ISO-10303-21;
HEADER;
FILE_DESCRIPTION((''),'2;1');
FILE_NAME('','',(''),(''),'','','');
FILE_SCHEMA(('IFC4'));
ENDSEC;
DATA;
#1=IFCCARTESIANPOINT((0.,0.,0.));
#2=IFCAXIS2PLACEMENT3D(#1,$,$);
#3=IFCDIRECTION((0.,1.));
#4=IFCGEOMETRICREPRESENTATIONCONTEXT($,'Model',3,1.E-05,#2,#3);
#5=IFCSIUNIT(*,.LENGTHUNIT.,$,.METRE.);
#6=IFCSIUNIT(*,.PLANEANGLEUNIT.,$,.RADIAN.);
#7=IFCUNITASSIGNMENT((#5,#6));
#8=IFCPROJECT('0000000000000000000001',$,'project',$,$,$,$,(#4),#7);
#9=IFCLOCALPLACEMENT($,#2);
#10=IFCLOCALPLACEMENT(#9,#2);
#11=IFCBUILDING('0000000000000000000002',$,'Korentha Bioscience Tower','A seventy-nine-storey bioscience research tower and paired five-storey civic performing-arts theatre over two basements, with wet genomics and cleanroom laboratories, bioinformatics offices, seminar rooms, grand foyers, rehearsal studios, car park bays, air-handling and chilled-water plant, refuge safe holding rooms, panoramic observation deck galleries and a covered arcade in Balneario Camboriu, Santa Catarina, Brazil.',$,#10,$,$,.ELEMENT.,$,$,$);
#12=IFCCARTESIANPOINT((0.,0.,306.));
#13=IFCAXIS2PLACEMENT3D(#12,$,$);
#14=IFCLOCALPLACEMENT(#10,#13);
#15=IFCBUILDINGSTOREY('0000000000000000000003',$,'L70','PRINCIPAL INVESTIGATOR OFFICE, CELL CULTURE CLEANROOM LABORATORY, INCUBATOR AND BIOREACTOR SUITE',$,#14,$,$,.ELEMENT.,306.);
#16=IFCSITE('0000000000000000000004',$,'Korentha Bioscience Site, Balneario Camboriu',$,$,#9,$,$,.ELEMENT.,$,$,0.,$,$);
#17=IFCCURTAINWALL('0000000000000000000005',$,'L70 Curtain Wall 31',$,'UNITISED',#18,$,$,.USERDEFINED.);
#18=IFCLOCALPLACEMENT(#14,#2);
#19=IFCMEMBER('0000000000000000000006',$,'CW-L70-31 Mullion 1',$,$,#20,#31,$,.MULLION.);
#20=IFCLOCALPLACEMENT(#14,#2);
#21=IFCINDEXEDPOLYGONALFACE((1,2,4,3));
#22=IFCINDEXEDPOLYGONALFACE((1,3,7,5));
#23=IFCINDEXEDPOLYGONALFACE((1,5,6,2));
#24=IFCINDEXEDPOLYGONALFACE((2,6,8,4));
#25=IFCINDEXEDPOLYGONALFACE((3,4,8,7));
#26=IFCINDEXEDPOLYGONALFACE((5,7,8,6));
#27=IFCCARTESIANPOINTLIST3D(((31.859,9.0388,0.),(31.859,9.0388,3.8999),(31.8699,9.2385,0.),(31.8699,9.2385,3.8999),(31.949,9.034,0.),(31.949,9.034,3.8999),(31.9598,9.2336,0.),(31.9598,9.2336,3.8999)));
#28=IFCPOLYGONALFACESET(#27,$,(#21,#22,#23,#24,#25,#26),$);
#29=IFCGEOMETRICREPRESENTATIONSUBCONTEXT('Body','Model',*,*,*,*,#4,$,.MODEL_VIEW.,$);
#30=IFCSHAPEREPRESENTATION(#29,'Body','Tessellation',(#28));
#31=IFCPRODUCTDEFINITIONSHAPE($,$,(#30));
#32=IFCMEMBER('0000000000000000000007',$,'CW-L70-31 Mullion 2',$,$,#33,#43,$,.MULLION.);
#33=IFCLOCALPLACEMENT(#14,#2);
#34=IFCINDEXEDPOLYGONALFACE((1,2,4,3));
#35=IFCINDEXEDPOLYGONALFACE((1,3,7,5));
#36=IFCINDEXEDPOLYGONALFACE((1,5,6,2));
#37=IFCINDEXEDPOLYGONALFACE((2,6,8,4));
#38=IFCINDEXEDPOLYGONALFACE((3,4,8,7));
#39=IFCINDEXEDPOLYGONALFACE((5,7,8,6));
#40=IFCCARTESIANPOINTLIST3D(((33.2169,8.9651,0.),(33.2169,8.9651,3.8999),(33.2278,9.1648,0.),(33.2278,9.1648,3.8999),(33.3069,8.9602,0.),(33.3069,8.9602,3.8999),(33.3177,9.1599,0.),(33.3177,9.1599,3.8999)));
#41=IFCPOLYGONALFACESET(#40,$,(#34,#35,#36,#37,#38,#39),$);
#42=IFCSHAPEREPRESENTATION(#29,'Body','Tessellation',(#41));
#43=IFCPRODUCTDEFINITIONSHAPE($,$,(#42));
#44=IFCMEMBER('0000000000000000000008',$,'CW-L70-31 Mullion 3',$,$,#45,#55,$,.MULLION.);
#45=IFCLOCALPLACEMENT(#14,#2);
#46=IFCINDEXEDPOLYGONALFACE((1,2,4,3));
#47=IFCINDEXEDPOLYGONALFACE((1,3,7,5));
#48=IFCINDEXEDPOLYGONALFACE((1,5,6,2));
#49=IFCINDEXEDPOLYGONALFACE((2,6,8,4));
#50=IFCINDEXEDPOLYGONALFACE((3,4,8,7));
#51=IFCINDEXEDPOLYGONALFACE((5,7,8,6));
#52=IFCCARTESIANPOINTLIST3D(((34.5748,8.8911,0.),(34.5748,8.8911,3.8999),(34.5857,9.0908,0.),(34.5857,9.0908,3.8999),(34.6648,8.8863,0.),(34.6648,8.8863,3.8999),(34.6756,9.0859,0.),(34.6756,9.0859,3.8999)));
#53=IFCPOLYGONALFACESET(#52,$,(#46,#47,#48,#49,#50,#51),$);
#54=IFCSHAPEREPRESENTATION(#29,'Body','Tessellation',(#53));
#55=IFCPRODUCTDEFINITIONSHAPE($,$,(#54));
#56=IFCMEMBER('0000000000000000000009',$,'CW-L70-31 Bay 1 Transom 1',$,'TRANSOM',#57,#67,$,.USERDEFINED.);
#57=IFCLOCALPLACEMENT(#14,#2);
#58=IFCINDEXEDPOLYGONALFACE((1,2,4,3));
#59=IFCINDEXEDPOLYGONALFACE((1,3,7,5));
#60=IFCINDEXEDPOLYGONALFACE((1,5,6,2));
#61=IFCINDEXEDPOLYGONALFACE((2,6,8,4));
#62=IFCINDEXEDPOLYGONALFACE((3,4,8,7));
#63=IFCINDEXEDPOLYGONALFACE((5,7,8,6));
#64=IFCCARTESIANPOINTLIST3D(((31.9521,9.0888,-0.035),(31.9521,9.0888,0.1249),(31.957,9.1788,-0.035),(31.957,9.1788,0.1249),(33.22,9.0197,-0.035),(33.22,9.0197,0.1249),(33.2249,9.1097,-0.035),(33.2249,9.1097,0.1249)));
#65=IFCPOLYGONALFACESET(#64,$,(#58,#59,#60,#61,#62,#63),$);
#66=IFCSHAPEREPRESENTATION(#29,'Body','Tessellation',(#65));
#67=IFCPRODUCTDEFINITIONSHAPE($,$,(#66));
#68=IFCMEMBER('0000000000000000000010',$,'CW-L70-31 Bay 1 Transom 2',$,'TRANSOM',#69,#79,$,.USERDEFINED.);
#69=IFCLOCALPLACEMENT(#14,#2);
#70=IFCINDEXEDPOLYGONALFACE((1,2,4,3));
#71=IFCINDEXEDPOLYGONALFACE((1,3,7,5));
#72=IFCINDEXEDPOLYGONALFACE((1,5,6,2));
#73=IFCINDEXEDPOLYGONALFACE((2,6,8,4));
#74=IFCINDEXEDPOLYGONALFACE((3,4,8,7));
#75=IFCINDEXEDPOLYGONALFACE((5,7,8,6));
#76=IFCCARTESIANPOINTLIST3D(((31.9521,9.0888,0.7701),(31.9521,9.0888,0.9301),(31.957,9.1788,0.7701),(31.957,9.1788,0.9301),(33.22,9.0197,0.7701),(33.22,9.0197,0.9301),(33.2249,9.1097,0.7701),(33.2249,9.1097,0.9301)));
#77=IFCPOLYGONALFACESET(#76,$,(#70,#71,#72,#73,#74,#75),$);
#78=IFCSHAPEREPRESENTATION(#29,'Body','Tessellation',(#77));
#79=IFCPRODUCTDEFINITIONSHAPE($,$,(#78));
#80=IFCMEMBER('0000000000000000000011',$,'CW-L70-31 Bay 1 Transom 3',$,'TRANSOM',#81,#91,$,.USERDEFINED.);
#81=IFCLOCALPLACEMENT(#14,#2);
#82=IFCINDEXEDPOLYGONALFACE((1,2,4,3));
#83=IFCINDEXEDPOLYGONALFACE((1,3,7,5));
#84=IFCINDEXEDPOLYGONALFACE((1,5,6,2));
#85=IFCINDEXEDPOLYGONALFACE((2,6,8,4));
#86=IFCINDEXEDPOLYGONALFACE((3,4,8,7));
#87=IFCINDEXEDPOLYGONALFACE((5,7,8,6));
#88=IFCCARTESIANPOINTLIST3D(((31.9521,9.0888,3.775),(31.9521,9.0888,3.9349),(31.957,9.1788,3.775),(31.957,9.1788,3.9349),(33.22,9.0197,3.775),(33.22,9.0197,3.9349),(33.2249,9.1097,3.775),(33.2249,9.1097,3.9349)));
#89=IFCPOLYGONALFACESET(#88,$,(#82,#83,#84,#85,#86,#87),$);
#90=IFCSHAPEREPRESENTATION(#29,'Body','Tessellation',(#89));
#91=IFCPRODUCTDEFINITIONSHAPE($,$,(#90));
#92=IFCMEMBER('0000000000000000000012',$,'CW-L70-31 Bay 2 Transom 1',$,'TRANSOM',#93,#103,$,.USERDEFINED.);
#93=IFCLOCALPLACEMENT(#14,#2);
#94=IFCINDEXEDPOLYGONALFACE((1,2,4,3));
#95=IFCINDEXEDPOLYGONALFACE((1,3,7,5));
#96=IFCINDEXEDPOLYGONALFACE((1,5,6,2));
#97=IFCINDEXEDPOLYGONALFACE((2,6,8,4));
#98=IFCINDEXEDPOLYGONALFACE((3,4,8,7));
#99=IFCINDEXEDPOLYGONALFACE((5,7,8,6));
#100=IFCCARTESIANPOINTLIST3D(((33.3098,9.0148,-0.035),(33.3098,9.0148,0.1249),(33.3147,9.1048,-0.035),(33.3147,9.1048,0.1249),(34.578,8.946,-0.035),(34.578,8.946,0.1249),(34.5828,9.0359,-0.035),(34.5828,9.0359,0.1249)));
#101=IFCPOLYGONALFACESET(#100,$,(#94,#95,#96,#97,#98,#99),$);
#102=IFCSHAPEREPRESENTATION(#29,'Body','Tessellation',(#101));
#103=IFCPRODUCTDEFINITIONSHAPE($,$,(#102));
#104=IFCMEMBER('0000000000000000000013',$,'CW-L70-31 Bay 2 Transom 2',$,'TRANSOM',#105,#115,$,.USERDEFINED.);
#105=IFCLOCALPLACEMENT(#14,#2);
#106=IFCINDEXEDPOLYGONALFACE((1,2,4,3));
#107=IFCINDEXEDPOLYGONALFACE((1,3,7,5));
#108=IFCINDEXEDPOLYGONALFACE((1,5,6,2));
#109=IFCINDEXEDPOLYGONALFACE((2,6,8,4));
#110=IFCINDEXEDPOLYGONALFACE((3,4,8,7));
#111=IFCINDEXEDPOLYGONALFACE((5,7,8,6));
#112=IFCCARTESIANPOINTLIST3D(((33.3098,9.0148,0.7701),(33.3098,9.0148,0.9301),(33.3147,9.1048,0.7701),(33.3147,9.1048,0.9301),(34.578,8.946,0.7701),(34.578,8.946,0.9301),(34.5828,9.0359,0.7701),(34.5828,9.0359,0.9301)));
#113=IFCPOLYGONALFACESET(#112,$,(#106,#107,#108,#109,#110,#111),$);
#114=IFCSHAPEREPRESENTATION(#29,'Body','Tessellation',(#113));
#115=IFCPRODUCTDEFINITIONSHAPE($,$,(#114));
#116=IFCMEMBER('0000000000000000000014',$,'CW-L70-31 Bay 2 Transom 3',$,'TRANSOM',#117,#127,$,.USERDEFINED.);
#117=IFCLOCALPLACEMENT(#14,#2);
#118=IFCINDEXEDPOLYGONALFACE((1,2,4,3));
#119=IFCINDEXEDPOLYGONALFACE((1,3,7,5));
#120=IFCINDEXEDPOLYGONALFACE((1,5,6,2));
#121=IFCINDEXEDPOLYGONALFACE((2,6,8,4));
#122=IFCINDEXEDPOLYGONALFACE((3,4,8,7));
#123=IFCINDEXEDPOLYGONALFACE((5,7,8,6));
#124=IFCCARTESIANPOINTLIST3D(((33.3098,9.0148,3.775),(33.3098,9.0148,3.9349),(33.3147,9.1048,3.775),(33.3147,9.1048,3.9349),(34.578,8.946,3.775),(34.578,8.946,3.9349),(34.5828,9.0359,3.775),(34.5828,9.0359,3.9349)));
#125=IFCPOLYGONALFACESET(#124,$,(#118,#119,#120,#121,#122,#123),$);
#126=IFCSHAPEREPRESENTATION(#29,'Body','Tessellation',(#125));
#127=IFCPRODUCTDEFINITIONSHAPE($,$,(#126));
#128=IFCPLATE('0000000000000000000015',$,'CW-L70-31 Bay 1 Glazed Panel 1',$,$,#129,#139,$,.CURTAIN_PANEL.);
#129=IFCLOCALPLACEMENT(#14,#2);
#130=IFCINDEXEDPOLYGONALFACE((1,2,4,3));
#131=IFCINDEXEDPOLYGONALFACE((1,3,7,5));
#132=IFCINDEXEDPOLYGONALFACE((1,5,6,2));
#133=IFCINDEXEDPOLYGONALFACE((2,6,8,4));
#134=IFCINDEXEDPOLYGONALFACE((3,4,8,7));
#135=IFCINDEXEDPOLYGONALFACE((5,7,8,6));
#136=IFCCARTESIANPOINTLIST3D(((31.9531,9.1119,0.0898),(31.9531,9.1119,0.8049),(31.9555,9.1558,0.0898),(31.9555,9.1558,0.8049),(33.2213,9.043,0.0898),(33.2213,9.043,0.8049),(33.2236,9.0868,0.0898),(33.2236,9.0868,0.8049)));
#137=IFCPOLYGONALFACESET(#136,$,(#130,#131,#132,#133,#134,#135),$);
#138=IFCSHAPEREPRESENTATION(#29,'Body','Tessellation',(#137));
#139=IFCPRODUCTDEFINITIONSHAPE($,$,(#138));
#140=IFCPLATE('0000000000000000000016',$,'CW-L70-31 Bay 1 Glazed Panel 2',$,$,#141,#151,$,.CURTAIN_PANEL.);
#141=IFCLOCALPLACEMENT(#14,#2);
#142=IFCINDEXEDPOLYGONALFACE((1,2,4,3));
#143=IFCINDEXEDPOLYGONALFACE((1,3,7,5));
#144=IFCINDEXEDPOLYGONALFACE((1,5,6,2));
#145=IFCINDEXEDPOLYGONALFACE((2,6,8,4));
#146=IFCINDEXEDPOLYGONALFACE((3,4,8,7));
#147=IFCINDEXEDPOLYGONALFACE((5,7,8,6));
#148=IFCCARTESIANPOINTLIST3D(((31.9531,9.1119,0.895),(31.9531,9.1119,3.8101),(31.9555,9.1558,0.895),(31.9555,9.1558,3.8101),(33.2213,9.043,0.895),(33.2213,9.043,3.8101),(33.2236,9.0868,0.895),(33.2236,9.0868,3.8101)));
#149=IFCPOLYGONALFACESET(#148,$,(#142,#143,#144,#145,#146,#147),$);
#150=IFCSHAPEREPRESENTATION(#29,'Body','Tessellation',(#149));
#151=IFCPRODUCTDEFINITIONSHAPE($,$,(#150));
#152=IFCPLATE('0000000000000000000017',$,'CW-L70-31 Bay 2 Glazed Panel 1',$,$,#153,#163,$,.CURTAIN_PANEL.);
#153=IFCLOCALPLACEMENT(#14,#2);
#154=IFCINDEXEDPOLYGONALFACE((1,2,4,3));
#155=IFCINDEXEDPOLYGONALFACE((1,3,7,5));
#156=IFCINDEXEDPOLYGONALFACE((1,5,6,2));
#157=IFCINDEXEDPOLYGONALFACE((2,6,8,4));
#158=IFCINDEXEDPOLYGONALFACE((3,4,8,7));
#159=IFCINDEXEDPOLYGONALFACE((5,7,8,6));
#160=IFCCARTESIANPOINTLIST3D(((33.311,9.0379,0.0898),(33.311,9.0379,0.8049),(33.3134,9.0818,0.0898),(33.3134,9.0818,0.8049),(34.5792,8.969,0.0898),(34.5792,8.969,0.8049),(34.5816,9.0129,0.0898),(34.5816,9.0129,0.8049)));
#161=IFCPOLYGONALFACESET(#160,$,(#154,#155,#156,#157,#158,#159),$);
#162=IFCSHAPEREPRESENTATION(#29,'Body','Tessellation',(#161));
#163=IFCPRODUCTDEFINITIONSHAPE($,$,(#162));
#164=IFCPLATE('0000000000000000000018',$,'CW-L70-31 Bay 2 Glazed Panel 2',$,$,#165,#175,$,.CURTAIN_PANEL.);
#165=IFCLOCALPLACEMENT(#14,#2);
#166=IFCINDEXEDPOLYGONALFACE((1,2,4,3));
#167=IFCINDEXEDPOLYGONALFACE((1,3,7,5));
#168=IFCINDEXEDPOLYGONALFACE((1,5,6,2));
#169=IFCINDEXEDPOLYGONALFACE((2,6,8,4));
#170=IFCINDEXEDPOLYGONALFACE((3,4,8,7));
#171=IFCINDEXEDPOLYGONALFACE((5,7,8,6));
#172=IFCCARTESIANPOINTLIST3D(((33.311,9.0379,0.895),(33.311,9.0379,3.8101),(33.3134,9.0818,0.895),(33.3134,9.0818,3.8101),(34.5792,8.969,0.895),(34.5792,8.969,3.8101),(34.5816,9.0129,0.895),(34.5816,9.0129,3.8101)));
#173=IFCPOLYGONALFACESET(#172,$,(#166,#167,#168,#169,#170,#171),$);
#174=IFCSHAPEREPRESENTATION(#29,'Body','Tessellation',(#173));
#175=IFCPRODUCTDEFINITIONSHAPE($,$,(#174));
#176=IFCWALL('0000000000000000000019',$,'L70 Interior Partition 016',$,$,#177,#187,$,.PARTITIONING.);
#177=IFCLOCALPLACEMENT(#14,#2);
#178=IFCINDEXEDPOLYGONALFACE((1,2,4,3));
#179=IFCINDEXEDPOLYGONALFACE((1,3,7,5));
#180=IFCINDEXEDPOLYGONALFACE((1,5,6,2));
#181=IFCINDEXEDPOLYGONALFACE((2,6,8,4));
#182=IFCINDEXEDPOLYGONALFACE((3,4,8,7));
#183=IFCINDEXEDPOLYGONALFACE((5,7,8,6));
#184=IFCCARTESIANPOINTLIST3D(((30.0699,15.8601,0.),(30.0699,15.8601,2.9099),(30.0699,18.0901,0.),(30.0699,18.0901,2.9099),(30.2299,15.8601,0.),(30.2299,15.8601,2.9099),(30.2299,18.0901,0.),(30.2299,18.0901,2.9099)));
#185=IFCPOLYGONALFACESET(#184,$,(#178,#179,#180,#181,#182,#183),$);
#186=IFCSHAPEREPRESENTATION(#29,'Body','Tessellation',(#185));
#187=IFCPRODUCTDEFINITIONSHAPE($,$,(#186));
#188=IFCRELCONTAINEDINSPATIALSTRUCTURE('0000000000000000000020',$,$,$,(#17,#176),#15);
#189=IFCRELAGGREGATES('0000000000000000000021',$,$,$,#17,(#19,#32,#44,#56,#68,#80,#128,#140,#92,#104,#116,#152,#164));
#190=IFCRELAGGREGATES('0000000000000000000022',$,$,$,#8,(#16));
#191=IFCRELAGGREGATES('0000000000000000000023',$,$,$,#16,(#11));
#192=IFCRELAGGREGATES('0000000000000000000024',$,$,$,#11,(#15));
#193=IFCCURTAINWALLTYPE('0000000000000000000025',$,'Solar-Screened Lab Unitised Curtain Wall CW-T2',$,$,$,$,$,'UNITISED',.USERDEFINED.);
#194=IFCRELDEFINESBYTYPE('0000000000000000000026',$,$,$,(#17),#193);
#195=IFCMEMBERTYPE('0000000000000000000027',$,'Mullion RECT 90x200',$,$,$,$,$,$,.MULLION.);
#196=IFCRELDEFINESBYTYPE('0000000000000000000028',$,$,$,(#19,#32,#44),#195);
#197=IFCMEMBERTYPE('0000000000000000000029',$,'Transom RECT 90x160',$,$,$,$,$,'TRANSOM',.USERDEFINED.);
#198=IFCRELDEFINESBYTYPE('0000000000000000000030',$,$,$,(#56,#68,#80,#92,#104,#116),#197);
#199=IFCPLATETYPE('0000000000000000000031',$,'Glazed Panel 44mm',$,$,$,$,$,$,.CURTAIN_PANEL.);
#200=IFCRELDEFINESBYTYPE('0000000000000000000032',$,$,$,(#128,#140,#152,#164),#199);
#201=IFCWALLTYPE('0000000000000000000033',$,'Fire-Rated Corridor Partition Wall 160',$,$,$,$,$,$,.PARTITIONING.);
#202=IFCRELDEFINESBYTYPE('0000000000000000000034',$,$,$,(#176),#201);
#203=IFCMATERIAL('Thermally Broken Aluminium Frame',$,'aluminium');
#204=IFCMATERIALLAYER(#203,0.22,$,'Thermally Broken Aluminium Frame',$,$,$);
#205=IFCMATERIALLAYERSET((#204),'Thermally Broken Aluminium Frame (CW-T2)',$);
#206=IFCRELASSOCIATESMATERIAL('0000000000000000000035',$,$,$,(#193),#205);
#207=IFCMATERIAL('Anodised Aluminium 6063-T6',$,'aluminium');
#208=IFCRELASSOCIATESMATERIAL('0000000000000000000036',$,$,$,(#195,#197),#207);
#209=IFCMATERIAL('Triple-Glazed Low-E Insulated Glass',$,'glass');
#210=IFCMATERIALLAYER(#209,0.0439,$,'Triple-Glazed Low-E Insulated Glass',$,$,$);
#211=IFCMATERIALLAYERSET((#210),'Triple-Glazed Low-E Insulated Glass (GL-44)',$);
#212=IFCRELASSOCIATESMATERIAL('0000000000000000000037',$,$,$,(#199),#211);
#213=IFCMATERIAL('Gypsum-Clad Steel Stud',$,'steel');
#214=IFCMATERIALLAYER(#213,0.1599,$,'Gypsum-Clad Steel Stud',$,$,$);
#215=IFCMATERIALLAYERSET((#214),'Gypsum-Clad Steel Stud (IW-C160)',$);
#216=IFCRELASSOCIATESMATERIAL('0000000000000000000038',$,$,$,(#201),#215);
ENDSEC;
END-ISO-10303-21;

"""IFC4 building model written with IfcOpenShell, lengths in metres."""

from ifc_helpers import new_model, si_unit, direction, frame, frame_2d, origin, origin_2d, place, context, subcontext, project, spatial, rectangle, extrude, material, layer, layer_set, material_profile, profile_set, type_object, element, aggregate, save


model = new_model("IFC4")

# Units and contexts
model_context = context("Model", 3, precision=1e-05, world=origin(), true_north=direction((0.0, 1.0)))
body_context = subcontext(model_context, "Body", "Model", "MODEL_VIEW")
ifc_project = project(units=[si_unit("LENGTHUNIT", "METRE"), si_unit("PLANEANGLEUNIT", "RADIAN")], contexts=[model_context])

# Site, building, storey
site_placement = place(None, origin())
site = spatial("IfcSite", under=ifc_project, at=site_placement, Name="Korentha Bioscience Site, Balneario Camboriu", CompositionType="ELEMENT", RefElevation=0.0)
building_placement = place(site_placement, origin())
building = spatial("IfcBuilding", under=site, at=building_placement, Name="Korentha Bioscience Tower", Description="A seventy-nine-storey bioscience research tower and paired five-storey civic performing-arts theatre over two basements, with wet genomics and cleanroom laboratories, bioinformatics offices, seminar rooms, grand foyers, rehearsal studios, car park bays, air-handling and chilled-water plant, refuge safe holding rooms, panoramic observation deck galleries and a covered arcade in Balneario Camboriu, Santa Catarina, Brazil.", CompositionType="ELEMENT")
storey_placement = place(building_placement, frame((0.0, 0.0, 306.0)))
storey = spatial("IfcBuildingStorey", under=building, at=storey_placement, Name="L70", Description="PRINCIPAL INVESTIGATOR OFFICE, CELL CULTURE CLEANROOM LABORATORY, INCUBATOR AND BIOREACTOR SUITE", CompositionType="ELEMENT", Elevation=306.0)

# Curtain wall, members, plates
ifc_material_1 = material(Name="Thermally Broken Aluminium Frame", Category="aluminium")
ifc_layer_1 = layer(ifc_material_1, 0.22, Name="Thermally Broken Aluminium Frame")
ifc_layer_set_1 = layer_set([ifc_layer_1], Name="Thermally Broken Aluminium Frame (CW-T2)")
curtain_wall_type = type_object("IfcCurtainWallType", Name="Solar-Screened Lab Unitised Curtain Wall CW-T2", ElementType="UNITISED", PredefinedType="USERDEFINED", material=ifc_layer_set_1)
curtain_wall_placement = place(storey_placement, origin())
curtain_wall = element("IfcCurtainWall", 1, at=curtain_wall_placement, inside=storey, type_object=curtain_wall_type, Name="L70 Curtain Wall 31", ObjectType="UNITISED", PredefinedType="USERDEFINED")
ifc_material_2 = material(Name="Anodised Aluminium 6063-T6", Category="aluminium")
ifc_material_profile_1 = material_profile(ifc_material_2, rectangle(XDim=0.0901, YDim=0.2, at=origin_2d()), Name="Anodised Aluminium 6063-T6")
ifc_profile_set_1 = profile_set([ifc_material_profile_1], Name="Anodised Aluminium 6063-T6 (CW-MUL)")
member_type_1 = type_object("IfcMemberType", Name="Mullion RECT 90x200", PredefinedType="MULLION", material=ifc_profile_set_1)
member_1_placement = place(storey_placement, frame((31.9094, 9.1362, 0.0), z_axis=(0.0, 0.0, 1.0), x_axis=(0.998526, -0.054275, 0.0)))
member_1 = element("IfcMember", 2, at=member_1_placement, type_object=member_type_1, Name="CW-L70-31 Mullion 1", PredefinedType="MULLION", context=body_context, shape_type="SweptSolid", body=[
    extrude(rectangle(XDim=0.0901, YDim=0.2, at=origin_2d()), origin(), (0.0, 0.0, 1.0), 3.8999),
])
member_2_placement = place(storey_placement, frame((33.2673, 9.0625, 0.0), z_axis=(0.0, 0.0, 1.0), x_axis=(0.998526, -0.054275, 0.0)))
member_2 = element("IfcMember", 3, at=member_2_placement, type_object=member_type_1, Name="CW-L70-31 Mullion 2", PredefinedType="MULLION", context=body_context, shape_type="SweptSolid", body=[
    extrude(rectangle(XDim=0.0901, YDim=0.2, at=origin_2d()), origin(), (0.0, 0.0, 1.0), 3.8999),
])
member_3_placement = place(storey_placement, frame((34.6252, 8.9885, 0.0), z_axis=(0.0, 0.0, 1.0), x_axis=(0.998526, -0.054275, 0.0)))
member_3 = element("IfcMember", 4, at=member_3_placement, type_object=member_type_1, Name="CW-L70-31 Mullion 3", PredefinedType="MULLION", context=body_context, shape_type="SweptSolid", body=[
    extrude(rectangle(XDim=0.0901, YDim=0.2, at=origin_2d()), origin(), (0.0, 0.0, 1.0), 3.8999),
])
ifc_material_profile_2 = material_profile(ifc_material_2, rectangle(XDim=0.0901, YDim=0.1599, at=origin_2d()), Name="Anodised Aluminium 6063-T6")
ifc_profile_set_2 = profile_set([ifc_material_profile_2], Name="Anodised Aluminium 6063-T6 (CW-TRN)")
member_type_2 = type_object("IfcMemberType", Name="Transom RECT 90x160", ElementType="TRANSOM", PredefinedType="USERDEFINED", material=ifc_profile_set_2)
member_4_placement = place(storey_placement, frame((31.9546, 9.1338, 0.0449), z_axis=(0.998518, -0.054416, 0.0), x_axis=(0.054416, 0.998518, 0.0)))
member_4 = element("IfcMember", 5, at=member_4_placement, type_object=member_type_2, Name="CW-L70-31 Bay 1 Transom 1", ObjectType="TRANSOM", PredefinedType="USERDEFINED", context=body_context, shape_type="SweptSolid", body=[
    extrude(rectangle(XDim=0.0901, YDim=0.1599, at=origin_2d()), origin(), (0.0, 0.0, 1.0), 1.2698),
])
member_5_placement = place(storey_placement, frame((31.9546, 9.1338, 0.8501), z_axis=(0.998518, -0.054416, 0.0), x_axis=(0.054416, 0.998518, 0.0)))
member_5 = element("IfcMember", 6, at=member_5_placement, type_object=member_type_2, Name="CW-L70-31 Bay 1 Transom 2", ObjectType="TRANSOM", PredefinedType="USERDEFINED", context=body_context, shape_type="SweptSolid", body=[
    extrude(rectangle(XDim=0.0901, YDim=0.1599, at=origin_2d()), origin(), (0.0, 0.0, 1.0), 1.2698),
])
member_6_placement = place(storey_placement, frame((31.9546, 9.1338, 3.855), z_axis=(0.998518, -0.054416, 0.0), x_axis=(0.054416, 0.998518, 0.0)))
member_6 = element("IfcMember", 7, at=member_6_placement, type_object=member_type_2, Name="CW-L70-31 Bay 1 Transom 3", ObjectType="TRANSOM", PredefinedType="USERDEFINED", context=body_context, shape_type="SweptSolid", body=[
    extrude(rectangle(XDim=0.0901, YDim=0.1599, at=origin_2d()), origin(), (0.0, 0.0, 1.0), 1.2698),
])
member_7_placement = place(storey_placement, frame((33.3123, 9.0598, 0.0449), z_axis=(0.998529, -0.054214, 0.0), x_axis=(0.054214, 0.998529, 0.0)))
member_7 = element("IfcMember", 8, at=member_7_placement, type_object=member_type_2, Name="CW-L70-31 Bay 2 Transom 1", ObjectType="TRANSOM", PredefinedType="USERDEFINED", context=body_context, shape_type="SweptSolid", body=[
    extrude(rectangle(XDim=0.0901, YDim=0.1599, at=origin_2d()), origin(), (0.0, 0.0, 1.0), 1.27),
])
member_8_placement = place(storey_placement, frame((33.3123, 9.0598, 0.8501), z_axis=(0.998529, -0.054214, 0.0), x_axis=(0.054214, 0.998529, 0.0)))
member_8 = element("IfcMember", 9, at=member_8_placement, type_object=member_type_2, Name="CW-L70-31 Bay 2 Transom 2", ObjectType="TRANSOM", PredefinedType="USERDEFINED", context=body_context, shape_type="SweptSolid", body=[
    extrude(rectangle(XDim=0.0901, YDim=0.1599, at=origin_2d()), origin(), (0.0, 0.0, 1.0), 1.27),
])
member_9_placement = place(storey_placement, frame((33.3123, 9.0598, 3.855), z_axis=(0.998529, -0.054214, 0.0), x_axis=(0.054214, 0.998529, 0.0)))
member_9 = element("IfcMember", 10, at=member_9_placement, type_object=member_type_2, Name="CW-L70-31 Bay 2 Transom 3", ObjectType="TRANSOM", PredefinedType="USERDEFINED", context=body_context, shape_type="SweptSolid", body=[
    extrude(rectangle(XDim=0.0901, YDim=0.1599, at=origin_2d()), origin(), (0.0, 0.0, 1.0), 1.27),
])
ifc_material_3 = material(Name="Triple-Glazed Low-E Insulated Glass", Category="glass")
ifc_layer_2 = layer(ifc_material_3, 0.0439, Name="Triple-Glazed Low-E Insulated Glass")
ifc_layer_set_2 = layer_set([ifc_layer_2], Name="Triple-Glazed Low-E Insulated Glass (GL-44)")
plate_type = type_object("IfcPlateType", Name="Glazed Panel 44mm", PredefinedType="CURTAIN_PANEL", material=ifc_layer_set_2)
plate_1_placement = place(storey_placement, frame((32.5884, 9.0994, 0.0898), z_axis=(0.0, 0.0, 1.0), x_axis=(0.998526, -0.054275, 0.0)))
plate_1 = element("IfcPlate", 11, at=plate_1_placement, type_object=plate_type, Name="CW-L70-31 Bay 1 Glazed Panel 1", PredefinedType="CURTAIN_PANEL", context=body_context, shape_type="SweptSolid", body=[
    extrude(rectangle(XDim=1.27, YDim=0.0439, at=origin_2d()), origin(), (0.0, 0.0, 1.0), 0.7151),
])
plate_2_placement = place(storey_placement, frame((32.5884, 9.0994, 0.895), z_axis=(0.0, 0.0, 1.0), x_axis=(0.998526, -0.054275, 0.0)))
plate_2 = element("IfcPlate", 12, at=plate_2_placement, type_object=plate_type, Name="CW-L70-31 Bay 1 Glazed Panel 2", PredefinedType="CURTAIN_PANEL", context=body_context, shape_type="SweptSolid", body=[
    extrude(rectangle(XDim=1.27, YDim=0.0439, at=origin_2d()), origin(), (0.0, 0.0, 1.0), 2.915),
])
plate_3_placement = place(storey_placement, frame((33.9463, 9.0254, 0.0898), z_axis=(0.0, 0.0, 1.0), x_axis=(0.998526, -0.054275, 0.0)))
plate_3 = element("IfcPlate", 13, at=plate_3_placement, type_object=plate_type, Name="CW-L70-31 Bay 2 Glazed Panel 1", PredefinedType="CURTAIN_PANEL", context=body_context, shape_type="SweptSolid", body=[
    extrude(rectangle(XDim=1.27, YDim=0.0439, at=origin_2d()), origin(), (0.0, 0.0, 1.0), 0.7151),
])
plate_4_placement = place(storey_placement, frame((33.9463, 9.0254, 0.895), z_axis=(0.0, 0.0, 1.0), x_axis=(0.998526, -0.054275, 0.0)))
plate_4 = element("IfcPlate", 14, at=plate_4_placement, type_object=plate_type, Name="CW-L70-31 Bay 2 Glazed Panel 2", PredefinedType="CURTAIN_PANEL", context=body_context, shape_type="SweptSolid", body=[
    extrude(rectangle(XDim=1.27, YDim=0.0439, at=origin_2d()), origin(), (0.0, 0.0, 1.0), 2.915),
])
aggregate(curtain_wall, [member_1, member_2, member_3, member_4, member_5, member_6, plate_1, plate_2, member_7, member_8, member_9, plate_3, plate_4])

# Shared definitions
ifc_material_4 = material(Name="Gypsum-Clad Steel Stud", Category="steel")
ifc_layer_3 = layer(ifc_material_4, 0.1599, Name="Gypsum-Clad Steel Stud")
ifc_layer_set_3 = layer_set([ifc_layer_3], Name="Gypsum-Clad Steel Stud (IW-C160)")
wall_type_1 = type_object("IfcWallType", Name="Fire-Rated Corridor Partition Wall 160", PredefinedType="PARTITIONING", material=ifc_layer_set_3)

# Wall
wall_1_placement = place(storey_placement, frame((30.1499, 15.8601, 0.0), z_axis=(0.0, 0.0, 1.0), x_axis=(0.0, 1.0, 0.0)))
element("IfcWall", 15, at=wall_1_placement, inside=storey, type_object=wall_type_1, Name="L70 Interior Partition 016", PredefinedType="PARTITIONING", context=body_context, shape_type="SweptSolid", body=[
    extrude(rectangle(XDim=2.23, YDim=0.1599, at=frame_2d((1.115, 0.0))), origin(), (0.0, 0.0, 1.0), 2.9099),
])

save(model, "model.ifc")
